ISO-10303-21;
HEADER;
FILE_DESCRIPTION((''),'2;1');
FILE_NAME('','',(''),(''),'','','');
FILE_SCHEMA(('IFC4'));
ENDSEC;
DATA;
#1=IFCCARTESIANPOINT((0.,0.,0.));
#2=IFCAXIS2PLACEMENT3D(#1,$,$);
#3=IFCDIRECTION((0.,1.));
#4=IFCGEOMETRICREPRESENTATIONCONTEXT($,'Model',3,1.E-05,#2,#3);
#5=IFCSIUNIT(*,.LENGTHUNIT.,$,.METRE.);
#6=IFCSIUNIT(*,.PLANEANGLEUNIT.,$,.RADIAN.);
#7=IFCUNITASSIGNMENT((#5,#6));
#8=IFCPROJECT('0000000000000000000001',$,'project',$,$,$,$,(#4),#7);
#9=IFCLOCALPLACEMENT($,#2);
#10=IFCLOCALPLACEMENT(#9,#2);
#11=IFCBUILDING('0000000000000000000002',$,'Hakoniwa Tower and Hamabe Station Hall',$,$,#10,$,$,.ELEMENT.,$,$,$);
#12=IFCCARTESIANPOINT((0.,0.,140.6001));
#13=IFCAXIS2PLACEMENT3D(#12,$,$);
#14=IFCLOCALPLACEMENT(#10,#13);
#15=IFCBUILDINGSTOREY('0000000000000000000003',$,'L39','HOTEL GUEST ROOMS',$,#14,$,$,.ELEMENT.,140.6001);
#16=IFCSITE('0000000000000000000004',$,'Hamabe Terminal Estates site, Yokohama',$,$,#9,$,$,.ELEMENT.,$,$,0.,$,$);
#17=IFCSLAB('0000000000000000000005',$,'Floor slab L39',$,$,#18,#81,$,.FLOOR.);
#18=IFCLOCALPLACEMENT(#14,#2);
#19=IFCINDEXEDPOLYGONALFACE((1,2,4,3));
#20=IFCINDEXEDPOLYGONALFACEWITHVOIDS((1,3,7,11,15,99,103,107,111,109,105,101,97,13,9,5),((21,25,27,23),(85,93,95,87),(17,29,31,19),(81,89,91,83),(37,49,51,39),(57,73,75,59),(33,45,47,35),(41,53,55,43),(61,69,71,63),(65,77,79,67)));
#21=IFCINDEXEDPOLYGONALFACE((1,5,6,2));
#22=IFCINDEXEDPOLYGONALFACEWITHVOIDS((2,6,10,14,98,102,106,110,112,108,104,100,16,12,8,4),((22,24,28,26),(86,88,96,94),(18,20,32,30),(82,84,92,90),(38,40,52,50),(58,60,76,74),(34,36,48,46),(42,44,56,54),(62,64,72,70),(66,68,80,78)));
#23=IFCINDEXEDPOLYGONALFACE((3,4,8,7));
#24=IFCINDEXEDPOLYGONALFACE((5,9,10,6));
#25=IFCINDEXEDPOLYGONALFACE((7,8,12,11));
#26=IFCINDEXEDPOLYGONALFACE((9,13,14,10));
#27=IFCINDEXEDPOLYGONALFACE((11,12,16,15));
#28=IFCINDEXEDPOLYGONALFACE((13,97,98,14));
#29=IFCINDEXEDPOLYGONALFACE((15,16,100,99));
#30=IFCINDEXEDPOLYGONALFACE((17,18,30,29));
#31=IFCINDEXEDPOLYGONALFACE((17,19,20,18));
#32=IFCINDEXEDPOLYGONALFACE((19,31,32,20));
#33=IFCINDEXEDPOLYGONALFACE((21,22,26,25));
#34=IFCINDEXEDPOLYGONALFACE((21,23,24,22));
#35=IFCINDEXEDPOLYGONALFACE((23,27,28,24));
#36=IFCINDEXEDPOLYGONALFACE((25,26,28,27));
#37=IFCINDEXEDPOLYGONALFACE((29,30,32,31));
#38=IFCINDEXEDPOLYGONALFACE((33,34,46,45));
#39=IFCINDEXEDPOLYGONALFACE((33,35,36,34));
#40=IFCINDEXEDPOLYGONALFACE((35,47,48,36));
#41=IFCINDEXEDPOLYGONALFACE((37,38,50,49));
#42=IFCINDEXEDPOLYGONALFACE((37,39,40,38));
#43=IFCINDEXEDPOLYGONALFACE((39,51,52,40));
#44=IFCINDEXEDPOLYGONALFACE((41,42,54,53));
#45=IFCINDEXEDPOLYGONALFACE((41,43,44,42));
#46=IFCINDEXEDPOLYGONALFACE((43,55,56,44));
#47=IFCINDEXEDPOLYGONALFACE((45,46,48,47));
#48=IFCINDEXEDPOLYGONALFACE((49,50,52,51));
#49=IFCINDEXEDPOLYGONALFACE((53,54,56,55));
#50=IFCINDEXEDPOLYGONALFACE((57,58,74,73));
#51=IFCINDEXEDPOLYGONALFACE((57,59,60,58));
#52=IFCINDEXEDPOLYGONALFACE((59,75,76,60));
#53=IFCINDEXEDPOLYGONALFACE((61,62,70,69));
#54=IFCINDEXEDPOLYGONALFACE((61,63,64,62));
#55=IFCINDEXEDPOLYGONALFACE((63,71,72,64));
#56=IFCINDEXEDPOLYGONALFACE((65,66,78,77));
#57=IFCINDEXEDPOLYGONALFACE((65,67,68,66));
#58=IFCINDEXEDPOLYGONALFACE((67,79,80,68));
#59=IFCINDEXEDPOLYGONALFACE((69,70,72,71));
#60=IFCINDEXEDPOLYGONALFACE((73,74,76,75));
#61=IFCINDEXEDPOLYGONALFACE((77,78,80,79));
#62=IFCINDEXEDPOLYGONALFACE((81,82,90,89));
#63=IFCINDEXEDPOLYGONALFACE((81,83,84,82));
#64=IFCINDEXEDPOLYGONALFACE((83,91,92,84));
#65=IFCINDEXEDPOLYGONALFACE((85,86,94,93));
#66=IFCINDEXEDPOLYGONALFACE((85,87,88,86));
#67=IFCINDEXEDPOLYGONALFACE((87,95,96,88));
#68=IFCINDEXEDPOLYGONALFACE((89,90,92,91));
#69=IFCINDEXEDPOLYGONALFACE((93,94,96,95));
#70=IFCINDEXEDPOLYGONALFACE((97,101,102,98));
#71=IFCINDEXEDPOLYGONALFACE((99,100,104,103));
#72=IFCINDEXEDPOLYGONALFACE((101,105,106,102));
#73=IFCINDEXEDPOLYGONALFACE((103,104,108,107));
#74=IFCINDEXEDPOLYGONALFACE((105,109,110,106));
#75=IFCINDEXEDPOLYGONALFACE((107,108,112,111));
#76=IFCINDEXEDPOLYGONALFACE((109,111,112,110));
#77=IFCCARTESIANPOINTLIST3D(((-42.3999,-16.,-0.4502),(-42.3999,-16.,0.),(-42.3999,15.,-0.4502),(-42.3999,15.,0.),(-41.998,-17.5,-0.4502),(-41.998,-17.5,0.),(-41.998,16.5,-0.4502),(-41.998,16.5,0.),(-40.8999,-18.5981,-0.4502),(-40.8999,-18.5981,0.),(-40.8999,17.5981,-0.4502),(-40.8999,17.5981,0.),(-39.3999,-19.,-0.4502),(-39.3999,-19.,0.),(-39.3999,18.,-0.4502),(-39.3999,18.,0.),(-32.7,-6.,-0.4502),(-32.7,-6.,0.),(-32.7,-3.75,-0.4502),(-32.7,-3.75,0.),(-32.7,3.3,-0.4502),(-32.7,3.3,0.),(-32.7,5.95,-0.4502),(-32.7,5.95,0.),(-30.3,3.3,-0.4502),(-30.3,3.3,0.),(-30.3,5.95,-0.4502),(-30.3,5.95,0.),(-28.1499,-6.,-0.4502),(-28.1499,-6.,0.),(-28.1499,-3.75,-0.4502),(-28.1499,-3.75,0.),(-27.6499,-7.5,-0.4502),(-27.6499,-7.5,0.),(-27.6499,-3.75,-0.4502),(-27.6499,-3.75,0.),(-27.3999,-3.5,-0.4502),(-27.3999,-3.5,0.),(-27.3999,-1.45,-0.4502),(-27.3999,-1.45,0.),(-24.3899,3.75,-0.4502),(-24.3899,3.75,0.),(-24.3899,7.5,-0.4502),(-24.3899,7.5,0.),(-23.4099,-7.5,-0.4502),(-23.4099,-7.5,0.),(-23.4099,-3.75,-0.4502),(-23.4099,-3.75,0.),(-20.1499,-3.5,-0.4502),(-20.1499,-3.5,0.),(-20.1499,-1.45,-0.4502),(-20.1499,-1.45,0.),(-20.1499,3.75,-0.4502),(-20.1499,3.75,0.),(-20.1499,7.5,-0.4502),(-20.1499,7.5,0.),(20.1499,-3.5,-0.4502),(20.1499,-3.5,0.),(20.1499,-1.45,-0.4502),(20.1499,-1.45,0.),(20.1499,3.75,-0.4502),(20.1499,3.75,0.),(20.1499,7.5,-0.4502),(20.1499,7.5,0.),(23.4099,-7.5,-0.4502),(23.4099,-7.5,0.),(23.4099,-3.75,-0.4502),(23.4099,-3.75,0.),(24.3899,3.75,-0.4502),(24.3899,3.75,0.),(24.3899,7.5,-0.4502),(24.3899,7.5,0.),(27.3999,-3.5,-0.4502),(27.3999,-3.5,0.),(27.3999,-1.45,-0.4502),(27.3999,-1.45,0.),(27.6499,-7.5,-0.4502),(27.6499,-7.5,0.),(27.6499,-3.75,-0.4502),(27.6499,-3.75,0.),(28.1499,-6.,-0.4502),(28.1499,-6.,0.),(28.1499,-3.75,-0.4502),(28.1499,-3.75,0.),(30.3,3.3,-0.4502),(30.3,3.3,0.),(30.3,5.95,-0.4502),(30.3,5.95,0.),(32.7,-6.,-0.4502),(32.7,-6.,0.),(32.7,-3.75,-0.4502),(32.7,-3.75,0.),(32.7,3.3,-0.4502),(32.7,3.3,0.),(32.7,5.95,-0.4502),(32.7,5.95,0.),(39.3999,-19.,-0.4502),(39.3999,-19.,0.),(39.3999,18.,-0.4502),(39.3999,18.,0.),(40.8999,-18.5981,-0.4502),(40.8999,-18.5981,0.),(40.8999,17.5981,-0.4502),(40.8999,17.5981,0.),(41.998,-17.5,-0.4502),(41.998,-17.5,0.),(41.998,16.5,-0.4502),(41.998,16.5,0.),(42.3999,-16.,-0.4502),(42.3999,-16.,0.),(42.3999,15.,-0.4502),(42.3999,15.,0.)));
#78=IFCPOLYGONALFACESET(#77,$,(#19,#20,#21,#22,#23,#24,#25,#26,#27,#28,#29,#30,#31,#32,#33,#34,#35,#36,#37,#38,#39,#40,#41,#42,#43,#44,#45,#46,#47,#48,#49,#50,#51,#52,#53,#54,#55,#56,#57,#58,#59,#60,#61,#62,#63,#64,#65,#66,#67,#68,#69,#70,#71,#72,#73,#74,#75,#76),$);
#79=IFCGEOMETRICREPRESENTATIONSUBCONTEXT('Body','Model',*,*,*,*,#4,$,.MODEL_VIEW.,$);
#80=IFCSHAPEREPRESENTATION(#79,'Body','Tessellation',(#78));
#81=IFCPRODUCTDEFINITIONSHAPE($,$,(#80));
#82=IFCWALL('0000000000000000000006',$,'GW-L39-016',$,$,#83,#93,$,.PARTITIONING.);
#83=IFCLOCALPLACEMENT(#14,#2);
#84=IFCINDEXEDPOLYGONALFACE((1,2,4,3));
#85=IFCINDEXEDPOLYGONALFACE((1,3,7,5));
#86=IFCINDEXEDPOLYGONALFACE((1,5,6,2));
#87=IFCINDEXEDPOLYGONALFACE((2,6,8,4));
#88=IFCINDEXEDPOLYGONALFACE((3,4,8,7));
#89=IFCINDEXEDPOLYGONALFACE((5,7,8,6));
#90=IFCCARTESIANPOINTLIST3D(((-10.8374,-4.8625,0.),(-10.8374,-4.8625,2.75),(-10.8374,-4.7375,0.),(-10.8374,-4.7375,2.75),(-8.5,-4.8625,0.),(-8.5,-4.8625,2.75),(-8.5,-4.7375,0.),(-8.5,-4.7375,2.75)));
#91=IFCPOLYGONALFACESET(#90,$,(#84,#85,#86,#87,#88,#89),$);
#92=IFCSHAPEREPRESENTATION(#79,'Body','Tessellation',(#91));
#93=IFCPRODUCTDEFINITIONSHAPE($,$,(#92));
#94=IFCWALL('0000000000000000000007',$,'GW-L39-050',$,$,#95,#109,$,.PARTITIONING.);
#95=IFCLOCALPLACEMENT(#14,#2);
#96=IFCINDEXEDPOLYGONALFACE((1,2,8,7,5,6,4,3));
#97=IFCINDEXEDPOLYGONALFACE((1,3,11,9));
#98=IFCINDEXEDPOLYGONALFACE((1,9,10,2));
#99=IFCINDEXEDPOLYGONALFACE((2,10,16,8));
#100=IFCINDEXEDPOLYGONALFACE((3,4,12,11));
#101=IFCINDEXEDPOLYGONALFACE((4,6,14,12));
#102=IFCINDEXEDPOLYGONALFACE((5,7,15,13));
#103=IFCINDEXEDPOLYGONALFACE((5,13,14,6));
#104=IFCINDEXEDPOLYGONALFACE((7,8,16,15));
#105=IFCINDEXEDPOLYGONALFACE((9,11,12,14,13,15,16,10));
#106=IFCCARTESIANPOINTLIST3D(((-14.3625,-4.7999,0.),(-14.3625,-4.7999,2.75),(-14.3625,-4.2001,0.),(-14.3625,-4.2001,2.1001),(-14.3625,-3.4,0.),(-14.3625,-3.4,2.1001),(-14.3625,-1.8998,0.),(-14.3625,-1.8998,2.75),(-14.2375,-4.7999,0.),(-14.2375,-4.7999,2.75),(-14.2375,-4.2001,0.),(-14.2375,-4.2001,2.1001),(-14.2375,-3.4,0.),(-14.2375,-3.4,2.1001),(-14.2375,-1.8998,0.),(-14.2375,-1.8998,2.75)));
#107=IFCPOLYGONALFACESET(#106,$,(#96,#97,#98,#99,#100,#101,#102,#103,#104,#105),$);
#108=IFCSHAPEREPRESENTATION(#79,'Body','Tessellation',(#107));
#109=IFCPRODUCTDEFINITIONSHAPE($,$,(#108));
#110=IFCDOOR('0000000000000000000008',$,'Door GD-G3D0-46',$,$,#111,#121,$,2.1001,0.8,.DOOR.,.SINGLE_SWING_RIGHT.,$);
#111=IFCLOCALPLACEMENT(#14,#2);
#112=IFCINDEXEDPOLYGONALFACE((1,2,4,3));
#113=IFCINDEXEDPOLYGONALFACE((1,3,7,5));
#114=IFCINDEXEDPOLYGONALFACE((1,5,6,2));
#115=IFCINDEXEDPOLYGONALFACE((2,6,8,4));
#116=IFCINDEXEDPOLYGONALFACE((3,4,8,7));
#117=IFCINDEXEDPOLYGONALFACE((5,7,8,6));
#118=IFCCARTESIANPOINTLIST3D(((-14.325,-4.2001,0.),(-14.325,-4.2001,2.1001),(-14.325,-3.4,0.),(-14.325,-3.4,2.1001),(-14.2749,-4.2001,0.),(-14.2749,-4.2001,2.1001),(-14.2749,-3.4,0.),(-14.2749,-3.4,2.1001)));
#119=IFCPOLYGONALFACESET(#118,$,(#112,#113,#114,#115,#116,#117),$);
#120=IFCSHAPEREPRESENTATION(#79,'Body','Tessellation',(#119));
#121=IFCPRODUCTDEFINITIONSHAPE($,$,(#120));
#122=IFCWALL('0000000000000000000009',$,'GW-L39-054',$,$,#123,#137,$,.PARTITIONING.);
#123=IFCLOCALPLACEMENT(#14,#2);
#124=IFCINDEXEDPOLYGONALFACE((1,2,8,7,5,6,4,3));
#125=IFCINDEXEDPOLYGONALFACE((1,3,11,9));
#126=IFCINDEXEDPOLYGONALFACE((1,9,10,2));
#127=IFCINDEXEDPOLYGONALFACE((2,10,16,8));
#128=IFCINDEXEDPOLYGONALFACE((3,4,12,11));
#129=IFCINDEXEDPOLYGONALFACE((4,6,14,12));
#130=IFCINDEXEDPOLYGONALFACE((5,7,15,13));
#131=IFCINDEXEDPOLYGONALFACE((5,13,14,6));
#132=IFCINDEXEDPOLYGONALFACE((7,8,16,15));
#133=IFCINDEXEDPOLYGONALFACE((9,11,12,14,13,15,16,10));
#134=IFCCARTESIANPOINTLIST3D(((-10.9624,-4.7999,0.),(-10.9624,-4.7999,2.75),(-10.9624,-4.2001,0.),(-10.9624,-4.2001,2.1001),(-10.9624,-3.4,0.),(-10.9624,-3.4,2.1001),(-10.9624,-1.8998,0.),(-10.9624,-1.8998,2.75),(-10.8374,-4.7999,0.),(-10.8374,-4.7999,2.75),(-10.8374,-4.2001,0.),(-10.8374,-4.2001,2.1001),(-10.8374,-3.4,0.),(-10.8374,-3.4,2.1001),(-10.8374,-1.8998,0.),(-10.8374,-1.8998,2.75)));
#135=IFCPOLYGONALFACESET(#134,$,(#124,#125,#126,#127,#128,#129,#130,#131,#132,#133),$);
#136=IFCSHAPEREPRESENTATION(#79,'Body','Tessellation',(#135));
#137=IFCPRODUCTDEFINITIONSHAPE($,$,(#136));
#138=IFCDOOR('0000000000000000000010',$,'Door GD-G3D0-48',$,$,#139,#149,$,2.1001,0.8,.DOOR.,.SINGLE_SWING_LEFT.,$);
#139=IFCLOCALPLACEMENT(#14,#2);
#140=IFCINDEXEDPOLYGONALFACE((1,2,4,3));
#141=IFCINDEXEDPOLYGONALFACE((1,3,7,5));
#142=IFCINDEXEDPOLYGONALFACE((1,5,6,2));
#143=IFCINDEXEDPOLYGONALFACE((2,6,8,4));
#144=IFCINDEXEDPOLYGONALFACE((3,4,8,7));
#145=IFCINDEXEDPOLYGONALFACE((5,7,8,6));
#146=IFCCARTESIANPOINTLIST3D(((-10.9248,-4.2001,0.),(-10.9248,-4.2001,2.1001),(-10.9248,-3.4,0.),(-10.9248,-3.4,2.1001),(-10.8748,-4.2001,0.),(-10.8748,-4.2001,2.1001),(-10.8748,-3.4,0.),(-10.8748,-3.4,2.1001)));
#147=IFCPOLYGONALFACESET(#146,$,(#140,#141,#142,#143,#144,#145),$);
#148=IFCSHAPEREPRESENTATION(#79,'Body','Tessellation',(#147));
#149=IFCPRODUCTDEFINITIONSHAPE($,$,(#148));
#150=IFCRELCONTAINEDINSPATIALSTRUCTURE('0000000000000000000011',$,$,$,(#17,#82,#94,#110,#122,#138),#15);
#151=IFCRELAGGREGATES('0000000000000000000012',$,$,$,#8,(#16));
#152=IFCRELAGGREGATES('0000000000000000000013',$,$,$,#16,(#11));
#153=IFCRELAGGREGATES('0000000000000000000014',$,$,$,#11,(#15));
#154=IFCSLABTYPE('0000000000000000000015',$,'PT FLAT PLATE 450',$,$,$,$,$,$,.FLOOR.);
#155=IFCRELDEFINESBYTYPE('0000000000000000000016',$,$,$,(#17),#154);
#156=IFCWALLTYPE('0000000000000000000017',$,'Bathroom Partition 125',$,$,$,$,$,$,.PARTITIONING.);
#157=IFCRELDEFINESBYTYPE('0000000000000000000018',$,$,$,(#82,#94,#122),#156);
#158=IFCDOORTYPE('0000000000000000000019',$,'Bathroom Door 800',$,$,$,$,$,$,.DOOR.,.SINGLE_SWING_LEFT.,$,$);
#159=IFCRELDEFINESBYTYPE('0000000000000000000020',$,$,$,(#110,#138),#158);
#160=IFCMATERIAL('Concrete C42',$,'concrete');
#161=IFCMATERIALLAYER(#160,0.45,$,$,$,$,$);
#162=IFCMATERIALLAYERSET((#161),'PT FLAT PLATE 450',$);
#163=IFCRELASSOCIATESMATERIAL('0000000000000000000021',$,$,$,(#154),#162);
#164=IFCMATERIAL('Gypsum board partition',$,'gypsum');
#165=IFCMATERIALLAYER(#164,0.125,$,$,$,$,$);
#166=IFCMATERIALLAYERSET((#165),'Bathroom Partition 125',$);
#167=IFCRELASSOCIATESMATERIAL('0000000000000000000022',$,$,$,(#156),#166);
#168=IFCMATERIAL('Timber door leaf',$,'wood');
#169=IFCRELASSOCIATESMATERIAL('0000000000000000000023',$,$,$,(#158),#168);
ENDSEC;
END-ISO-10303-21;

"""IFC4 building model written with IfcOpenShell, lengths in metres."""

from ifc_helpers import new_model, si_unit, direction, frame, frame_2d, origin, place, context, subcontext, project, spatial, polyline, rectangle, outline, extrude, material, layer, layer_set, type_object, element, fill, save


model = new_model("IFC4")

# Units and contexts
model_context = context("Model", 3, precision=1e-05, world=origin(), true_north=direction((0.0, 1.0)))
body_context = subcontext(model_context, "Body", "Model", "MODEL_VIEW")
ifc_project = project(units=[si_unit("LENGTHUNIT", "METRE"), si_unit("PLANEANGLEUNIT", "RADIAN")], contexts=[model_context])

# Site, building, storey
site_placement = place(None, origin())
site = spatial("IfcSite", under=ifc_project, at=site_placement, Name="Hamabe Terminal Estates site, Yokohama", CompositionType="ELEMENT", RefElevation=0.0)
building_placement = place(site_placement, origin())
building = spatial("IfcBuilding", under=site, at=building_placement, Name="Hakoniwa Tower and Hamabe Station Hall", CompositionType="ELEMENT")
storey_placement = place(building_placement, frame((0.0, 0.0, 140.6001)))
storey = spatial("IfcBuildingStorey", under=building, at=storey_placement, Name="L39", Description="HOTEL GUEST ROOMS", CompositionType="ELEMENT", Elevation=140.6001)

# Slab
ifc_material_1 = material(Name="Concrete C42", Category="concrete")
ifc_layer_1 = layer(ifc_material_1, 0.45)
ifc_layer_set_1 = layer_set([ifc_layer_1], Name="PT FLAT PLATE 450")
slab_type = type_object("IfcSlabType", Name="PT FLAT PLATE 450", PredefinedType="FLOOR", material=ifc_layer_set_1)
slab_placement = place(storey_placement, frame((0.0, 0.0, -0.4502)))
element("IfcSlab", 1, at=slab_placement, inside=storey, type_object=slab_type, Name="Floor slab L39", PredefinedType="FLOOR", context=body_context, shape_type="SweptSolid", body=[
    extrude(outline(polyline([(42.3999, -16.0), (42.3999, 15.0), (41.998, 16.5), (40.8999, 17.5981), (39.3999, 18.0), (-39.3999, 18.0), (-40.8999, 17.5981), (-41.998, 16.5), (-42.3999, 15.0), (-42.3999, -16.0), (-41.998, -17.5), (-40.8999, -18.5981), (-39.3999, -19.0), (39.3999, -19.0), (40.8999, -18.5981), (41.998, -17.5), (42.3999, -16.0)]), holes=[polyline([(-27.3999, -3.5), (-27.3999, -1.45), (-20.1499, -1.45), (-20.1499, -3.5), (-27.3999, -3.5)]), polyline([(-32.7, 3.3), (-32.7, 5.95), (-30.3, 5.95), (-30.3, 3.3), (-32.7, 3.3)]), polyline([(-32.7, -6.0), (-32.7, -3.75), (-28.1499, -3.75), (-28.1499, -6.0), (-32.7, -6.0)]), polyline([(-24.3899, 3.75), (-24.3899, 7.5), (-20.1499, 7.5), (-20.1499, 3.75), (-24.3899, 3.75)]), polyline([(-27.6499, -7.5), (-27.6499, -3.75), (-23.4099, -3.75), (-23.4099, -7.5), (-27.6499, -7.5)]), polyline([(20.1499, -3.5), (20.1499, -1.45), (27.3999, -1.45), (27.3999, -3.5), (20.1499, -3.5)]), polyline([(30.3, 3.3), (30.3, 5.95), (32.7, 5.95), (32.7, 3.3), (30.3, 3.3)]), polyline([(28.1499, -6.0), (28.1499, -3.75), (32.7, -3.75), (32.7, -6.0), (28.1499, -6.0)]), polyline([(20.1499, 3.75), (20.1499, 7.5), (24.3899, 7.5), (24.3899, 3.75), (20.1499, 3.75)]), polyline([(23.4099, -7.5), (23.4099, -3.75), (27.6499, -3.75), (27.6499, -7.5), (23.4099, -7.5)])]), origin(), (0.0, 0.0, 1.0), 0.4502),
])

# Wall
ifc_material_2 = material(Name="Gypsum board partition", Category="gypsum")
ifc_layer_2 = layer(ifc_material_2, 0.125)
ifc_layer_set_2 = layer_set([ifc_layer_2], Name="Bathroom Partition 125")
wall_type_1 = type_object("IfcWallType", Name="Bathroom Partition 125", PredefinedType="PARTITIONING", material=ifc_layer_set_2)
wall_1_placement = place(storey_placement, frame((-10.8374, -4.8, 0.0), z_axis=(0.0, 0.0, 1.0), x_axis=(1.0, 0.0, 0.0)))
element("IfcWall", 2, at=wall_1_placement, inside=storey, type_object=wall_type_1, Name="GW-L39-016", PredefinedType="PARTITIONING", context=body_context, shape_type="SweptSolid", body=[
    extrude(rectangle(XDim=2.3374, YDim=0.125, at=frame_2d((1.1687, 0.0))), origin(), (0.0, 0.0, 1.0), 2.75),
])

# Walls, openings, doors
wall_2_placement = place(storey_placement, frame((-14.3, -4.8, 0.0), z_axis=(0.0, 0.0, 1.0), x_axis=(0.0, 1.0, 0.0)))
wall_2 = element("IfcWall", 3, at=wall_2_placement, inside=storey, type_object=wall_type_1, Name="GW-L39-050", PredefinedType="PARTITIONING", context=body_context, shape_type="SweptSolid", body=[
    extrude(rectangle(XDim=2.9001, YDim=0.125, at=frame_2d((1.4502, 0.0))), origin(), (0.0, 0.0, 1.0), 2.75),
])
opening_1_placement = place(wall_2_placement, frame((0.6001, 0.0, 0.0)))
opening_1 = element("IfcOpeningElement", 4, at=opening_1_placement, cuts=wall_2, PredefinedType="OPENING", context=body_context, shape_type="SweptSolid", body=[
    extrude(rectangle(XDim=0.8, YDim=2.1001, at=frame_2d((0.3999, 1.05))), frame((0.0, 0.0725, 0.0), z_axis=(0.0, -1.0, 0.0), x_axis=(1.0, 0.0, 0.0)), (0.0, 0.0, 1.0), 0.145),
])
ifc_material_3 = material(Name="Timber door leaf", Category="wood")
door_type_1 = type_object("IfcDoorType", Name="Bathroom Door 800", OperationType="SINGLE_SWING_LEFT", PredefinedType="DOOR", material=ifc_material_3)
door_1_placement = place(opening_1_placement, origin())
door_1 = element("IfcDoor", 5, at=door_1_placement, inside=storey, type_object=door_type_1, Name="Door GD-G3D0-46", OperationType="SINGLE_SWING_RIGHT", OverallHeight=2.1001, OverallWidth=0.8, PredefinedType="DOOR", context=body_context, shape_type="SweptSolid", body=[
    extrude(rectangle(XDim=0.8, YDim=2.1001, at=frame_2d((0.3999, 1.05))), frame((0.0, 0.0249, 0.0), z_axis=(0.0, -1.0, 0.0), x_axis=(1.0, 0.0, 0.0)), (0.0, 0.0, 1.0), 0.05),
])
fill(opening_1, door_1)
wall_3_placement = place(storey_placement, frame((-10.8999, -4.8, 0.0), z_axis=(0.0, 0.0, 1.0), x_axis=(0.0, 1.0, 0.0)))
wall_3 = element("IfcWall", 6, at=wall_3_placement, inside=storey, type_object=wall_type_1, Name="GW-L39-054", PredefinedType="PARTITIONING", context=body_context, shape_type="SweptSolid", body=[
    extrude(rectangle(XDim=2.9001, YDim=0.125, at=frame_2d((1.4502, 0.0))), origin(), (0.0, 0.0, 1.0), 2.75),
])
opening_2_placement = place(wall_3_placement, frame((0.6001, 0.0, 0.0)))
opening_2 = element("IfcOpeningElement", 7, at=opening_2_placement, cuts=wall_3, PredefinedType="OPENING", context=body_context, shape_type="SweptSolid", body=[
    extrude(rectangle(XDim=0.8, YDim=2.1001, at=frame_2d((0.3999, 1.05))), frame((0.0, 0.0725, 0.0), z_axis=(0.0, -1.0, 0.0), x_axis=(1.0, 0.0, 0.0)), (0.0, 0.0, 1.0), 0.145),
])
door_2_placement = place(opening_2_placement, origin())
door_2 = element("IfcDoor", 8, at=door_2_placement, inside=storey, type_object=door_type_1, Name="Door GD-G3D0-48", OperationType="SINGLE_SWING_LEFT", OverallHeight=2.1001, OverallWidth=0.8, PredefinedType="DOOR", context=body_context, shape_type="SweptSolid", body=[
    extrude(rectangle(XDim=0.8, YDim=2.1001, at=frame_2d((0.3999, 1.05))), frame((0.0, 0.0249, 0.0), z_axis=(0.0, -1.0, 0.0), x_axis=(1.0, 0.0, 0.0)), (0.0, 0.0, 1.0), 0.05),
])
fill(opening_2, door_2)

save(model, "model.ifc")
